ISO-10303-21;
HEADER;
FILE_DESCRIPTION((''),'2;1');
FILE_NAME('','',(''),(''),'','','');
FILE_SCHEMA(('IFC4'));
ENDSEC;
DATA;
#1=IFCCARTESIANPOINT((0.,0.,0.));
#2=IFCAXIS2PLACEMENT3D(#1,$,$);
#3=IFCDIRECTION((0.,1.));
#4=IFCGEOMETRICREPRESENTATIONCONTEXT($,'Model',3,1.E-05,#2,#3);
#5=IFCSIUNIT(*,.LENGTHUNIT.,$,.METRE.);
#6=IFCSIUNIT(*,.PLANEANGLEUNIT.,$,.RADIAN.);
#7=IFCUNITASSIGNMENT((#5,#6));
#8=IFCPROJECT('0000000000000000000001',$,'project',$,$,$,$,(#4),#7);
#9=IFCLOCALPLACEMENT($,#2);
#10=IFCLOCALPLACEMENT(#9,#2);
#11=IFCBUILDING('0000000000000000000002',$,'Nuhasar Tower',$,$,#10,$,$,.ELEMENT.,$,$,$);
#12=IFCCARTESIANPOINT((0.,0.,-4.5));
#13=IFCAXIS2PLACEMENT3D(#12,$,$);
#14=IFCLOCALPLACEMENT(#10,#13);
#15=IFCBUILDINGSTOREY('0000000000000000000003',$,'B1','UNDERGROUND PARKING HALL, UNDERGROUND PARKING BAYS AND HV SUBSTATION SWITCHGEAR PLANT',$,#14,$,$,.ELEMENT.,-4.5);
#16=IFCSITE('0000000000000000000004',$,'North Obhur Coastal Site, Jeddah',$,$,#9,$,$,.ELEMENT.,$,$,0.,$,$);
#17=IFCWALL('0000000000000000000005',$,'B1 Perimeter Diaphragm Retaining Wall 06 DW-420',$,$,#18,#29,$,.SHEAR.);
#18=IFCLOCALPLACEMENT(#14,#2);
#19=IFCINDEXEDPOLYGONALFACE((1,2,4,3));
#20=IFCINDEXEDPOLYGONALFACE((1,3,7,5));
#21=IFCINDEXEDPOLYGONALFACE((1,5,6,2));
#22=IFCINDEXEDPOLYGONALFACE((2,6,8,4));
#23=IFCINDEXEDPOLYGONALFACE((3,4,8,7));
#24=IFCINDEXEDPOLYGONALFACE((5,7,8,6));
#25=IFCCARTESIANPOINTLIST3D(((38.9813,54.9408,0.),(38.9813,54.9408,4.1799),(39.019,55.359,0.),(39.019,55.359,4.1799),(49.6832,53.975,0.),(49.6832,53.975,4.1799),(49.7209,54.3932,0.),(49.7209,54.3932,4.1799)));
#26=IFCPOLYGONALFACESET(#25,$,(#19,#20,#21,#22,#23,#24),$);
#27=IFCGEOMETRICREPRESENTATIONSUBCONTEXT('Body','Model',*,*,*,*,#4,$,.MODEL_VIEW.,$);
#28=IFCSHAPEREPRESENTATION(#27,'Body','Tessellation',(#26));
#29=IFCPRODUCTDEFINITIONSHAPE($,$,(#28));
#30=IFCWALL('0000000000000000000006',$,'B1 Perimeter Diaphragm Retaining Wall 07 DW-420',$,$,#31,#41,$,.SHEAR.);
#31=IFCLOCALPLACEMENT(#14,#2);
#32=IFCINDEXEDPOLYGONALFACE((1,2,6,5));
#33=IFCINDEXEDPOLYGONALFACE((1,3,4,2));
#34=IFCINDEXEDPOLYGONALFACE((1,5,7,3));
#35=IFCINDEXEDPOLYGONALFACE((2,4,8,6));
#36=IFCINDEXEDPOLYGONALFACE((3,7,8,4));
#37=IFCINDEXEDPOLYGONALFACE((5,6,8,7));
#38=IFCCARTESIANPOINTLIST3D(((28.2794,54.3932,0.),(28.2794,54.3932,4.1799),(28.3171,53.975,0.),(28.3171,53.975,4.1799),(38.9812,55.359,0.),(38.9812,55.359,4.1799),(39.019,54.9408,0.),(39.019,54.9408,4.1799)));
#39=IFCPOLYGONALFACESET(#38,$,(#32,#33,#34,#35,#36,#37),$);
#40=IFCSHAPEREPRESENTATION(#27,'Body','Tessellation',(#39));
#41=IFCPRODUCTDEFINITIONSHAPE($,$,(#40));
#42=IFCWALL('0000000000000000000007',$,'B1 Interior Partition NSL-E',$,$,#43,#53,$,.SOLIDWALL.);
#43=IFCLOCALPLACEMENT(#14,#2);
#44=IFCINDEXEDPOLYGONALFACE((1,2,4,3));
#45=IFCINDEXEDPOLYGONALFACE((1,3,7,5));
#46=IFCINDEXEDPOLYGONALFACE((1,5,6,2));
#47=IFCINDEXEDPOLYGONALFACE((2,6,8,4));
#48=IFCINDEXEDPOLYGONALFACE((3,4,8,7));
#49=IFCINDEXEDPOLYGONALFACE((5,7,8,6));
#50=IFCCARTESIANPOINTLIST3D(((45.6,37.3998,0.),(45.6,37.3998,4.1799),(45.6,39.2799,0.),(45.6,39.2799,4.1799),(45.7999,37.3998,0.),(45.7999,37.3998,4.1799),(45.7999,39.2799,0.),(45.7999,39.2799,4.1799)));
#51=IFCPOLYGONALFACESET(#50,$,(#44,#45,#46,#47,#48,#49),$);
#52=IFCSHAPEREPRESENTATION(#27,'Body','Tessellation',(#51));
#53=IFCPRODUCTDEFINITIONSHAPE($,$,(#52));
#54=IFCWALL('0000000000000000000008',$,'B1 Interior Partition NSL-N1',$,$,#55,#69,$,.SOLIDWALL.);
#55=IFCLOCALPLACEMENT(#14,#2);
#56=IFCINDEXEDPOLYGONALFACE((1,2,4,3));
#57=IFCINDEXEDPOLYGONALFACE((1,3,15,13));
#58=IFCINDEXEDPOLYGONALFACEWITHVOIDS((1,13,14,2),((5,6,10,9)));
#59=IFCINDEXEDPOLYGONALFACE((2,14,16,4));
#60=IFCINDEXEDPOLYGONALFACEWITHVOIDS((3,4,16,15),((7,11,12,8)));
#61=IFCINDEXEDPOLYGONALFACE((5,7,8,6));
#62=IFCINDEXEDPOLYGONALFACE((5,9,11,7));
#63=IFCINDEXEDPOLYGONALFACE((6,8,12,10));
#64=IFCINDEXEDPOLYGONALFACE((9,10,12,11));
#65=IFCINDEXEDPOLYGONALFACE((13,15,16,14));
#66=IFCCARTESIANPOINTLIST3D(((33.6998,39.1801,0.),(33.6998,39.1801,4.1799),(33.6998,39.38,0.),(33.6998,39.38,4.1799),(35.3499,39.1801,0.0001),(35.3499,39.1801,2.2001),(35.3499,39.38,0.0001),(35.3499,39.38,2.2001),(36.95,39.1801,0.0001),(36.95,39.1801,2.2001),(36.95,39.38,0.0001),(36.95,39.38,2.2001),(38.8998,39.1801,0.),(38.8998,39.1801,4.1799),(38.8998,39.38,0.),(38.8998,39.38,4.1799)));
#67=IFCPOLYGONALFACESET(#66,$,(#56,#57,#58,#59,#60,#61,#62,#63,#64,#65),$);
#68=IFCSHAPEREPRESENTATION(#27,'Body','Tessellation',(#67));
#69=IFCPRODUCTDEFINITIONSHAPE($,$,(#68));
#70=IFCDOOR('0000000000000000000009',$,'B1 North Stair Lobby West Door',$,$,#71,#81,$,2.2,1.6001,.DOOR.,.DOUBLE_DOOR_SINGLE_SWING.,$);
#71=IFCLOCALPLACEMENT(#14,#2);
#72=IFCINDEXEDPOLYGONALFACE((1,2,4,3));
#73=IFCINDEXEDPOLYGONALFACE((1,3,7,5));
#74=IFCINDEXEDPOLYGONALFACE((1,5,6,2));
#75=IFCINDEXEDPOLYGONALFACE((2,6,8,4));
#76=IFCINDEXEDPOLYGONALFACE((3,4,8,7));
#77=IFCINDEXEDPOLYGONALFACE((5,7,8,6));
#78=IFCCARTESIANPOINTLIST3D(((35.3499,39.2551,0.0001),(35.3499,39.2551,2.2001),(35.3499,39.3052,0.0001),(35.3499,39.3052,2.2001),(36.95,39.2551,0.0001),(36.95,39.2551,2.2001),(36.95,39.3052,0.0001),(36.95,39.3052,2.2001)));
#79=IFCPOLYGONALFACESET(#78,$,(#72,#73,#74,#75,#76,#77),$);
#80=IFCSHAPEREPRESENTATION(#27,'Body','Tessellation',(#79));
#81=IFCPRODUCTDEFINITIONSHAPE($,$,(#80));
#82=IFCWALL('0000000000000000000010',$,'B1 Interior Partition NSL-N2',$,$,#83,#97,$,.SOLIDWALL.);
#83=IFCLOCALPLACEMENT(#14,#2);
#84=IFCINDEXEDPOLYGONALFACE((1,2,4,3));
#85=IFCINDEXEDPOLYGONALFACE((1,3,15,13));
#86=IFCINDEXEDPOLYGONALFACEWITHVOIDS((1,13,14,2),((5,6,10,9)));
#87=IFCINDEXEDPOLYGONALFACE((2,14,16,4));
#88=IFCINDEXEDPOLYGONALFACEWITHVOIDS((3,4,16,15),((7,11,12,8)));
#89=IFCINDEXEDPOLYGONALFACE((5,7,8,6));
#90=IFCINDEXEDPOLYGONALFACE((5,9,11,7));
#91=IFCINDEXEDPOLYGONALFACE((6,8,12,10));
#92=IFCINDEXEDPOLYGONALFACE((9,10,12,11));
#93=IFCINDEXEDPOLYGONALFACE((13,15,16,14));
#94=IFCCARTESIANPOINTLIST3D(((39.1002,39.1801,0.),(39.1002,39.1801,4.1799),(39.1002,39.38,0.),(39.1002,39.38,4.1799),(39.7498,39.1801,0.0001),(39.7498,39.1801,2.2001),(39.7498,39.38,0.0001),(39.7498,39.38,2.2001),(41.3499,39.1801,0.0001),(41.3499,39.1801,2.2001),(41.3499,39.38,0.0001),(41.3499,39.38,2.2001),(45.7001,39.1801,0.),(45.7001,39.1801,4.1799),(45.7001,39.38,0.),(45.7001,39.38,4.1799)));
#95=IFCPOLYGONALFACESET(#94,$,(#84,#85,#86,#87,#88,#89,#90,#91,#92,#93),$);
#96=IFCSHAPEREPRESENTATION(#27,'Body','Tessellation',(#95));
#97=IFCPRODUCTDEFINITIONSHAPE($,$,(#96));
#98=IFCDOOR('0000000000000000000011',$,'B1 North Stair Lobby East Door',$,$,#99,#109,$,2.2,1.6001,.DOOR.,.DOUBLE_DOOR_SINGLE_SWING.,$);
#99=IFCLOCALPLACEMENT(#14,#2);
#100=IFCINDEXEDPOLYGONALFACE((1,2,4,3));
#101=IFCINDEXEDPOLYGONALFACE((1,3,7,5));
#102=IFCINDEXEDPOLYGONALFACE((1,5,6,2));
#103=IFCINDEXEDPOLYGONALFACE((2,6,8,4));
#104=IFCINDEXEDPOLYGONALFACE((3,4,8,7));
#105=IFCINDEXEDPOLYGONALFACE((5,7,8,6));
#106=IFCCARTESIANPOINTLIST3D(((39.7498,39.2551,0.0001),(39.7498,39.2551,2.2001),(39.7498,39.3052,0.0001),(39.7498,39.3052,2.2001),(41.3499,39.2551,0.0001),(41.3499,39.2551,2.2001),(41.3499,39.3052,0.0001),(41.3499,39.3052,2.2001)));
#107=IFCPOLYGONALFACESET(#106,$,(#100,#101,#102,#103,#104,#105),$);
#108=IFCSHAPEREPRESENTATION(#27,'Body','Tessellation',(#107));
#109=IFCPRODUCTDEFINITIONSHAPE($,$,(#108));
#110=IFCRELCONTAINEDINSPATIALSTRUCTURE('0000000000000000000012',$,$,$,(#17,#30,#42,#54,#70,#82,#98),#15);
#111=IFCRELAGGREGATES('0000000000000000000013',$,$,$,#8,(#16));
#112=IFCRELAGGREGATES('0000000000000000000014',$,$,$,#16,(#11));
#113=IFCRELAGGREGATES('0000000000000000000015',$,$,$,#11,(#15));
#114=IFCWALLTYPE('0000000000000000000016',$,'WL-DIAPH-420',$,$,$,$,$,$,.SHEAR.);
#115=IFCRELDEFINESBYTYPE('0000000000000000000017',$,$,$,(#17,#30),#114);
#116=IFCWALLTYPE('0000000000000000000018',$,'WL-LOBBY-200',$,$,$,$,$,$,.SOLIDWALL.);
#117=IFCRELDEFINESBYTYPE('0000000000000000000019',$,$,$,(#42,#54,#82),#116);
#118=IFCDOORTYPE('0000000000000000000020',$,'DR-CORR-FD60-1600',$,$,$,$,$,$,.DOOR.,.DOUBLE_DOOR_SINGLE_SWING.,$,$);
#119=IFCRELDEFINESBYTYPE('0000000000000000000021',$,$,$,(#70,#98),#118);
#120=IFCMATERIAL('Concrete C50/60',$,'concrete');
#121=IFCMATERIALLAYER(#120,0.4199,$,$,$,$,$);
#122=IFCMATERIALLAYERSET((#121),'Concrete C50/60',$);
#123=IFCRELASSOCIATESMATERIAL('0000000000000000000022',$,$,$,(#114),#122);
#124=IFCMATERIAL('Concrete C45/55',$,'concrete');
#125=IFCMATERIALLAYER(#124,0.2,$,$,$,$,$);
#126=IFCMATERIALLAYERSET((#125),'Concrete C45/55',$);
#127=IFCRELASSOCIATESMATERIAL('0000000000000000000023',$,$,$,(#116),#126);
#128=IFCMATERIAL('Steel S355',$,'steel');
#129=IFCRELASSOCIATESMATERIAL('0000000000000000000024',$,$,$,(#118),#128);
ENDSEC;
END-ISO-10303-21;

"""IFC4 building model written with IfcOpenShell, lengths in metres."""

from ifc_helpers import new_model, si_unit, direction, frame, frame_2d, origin, place, context, subcontext, project, spatial, rectangle, extrude, material, layer, layer_set, type_object, element, fill, save


model = new_model("IFC4")

# Units and contexts
model_context = context("Model", 3, precision=1e-05, world=origin(), true_north=direction((0.0, 1.0)))
body_context = subcontext(model_context, "Body", "Model", "MODEL_VIEW")
ifc_project = project(units=[si_unit("LENGTHUNIT", "METRE"), si_unit("PLANEANGLEUNIT", "RADIAN")], contexts=[model_context])

# Site, building, storey
site_placement = place(None, origin())
site = spatial("IfcSite", under=ifc_project, at=site_placement, Name="North Obhur Coastal Site, Jeddah", CompositionType="ELEMENT", RefElevation=0.0)
building_placement = place(site_placement, origin())
building = spatial("IfcBuilding", under=site, at=building_placement, Name="Nuhasar Tower", CompositionType="ELEMENT")
storey_placement = place(building_placement, frame((0.0, 0.0, -4.5)))
storey = spatial("IfcBuildingStorey", under=building, at=storey_placement, Name="B1", Description="UNDERGROUND PARKING HALL, UNDERGROUND PARKING BAYS AND HV SUBSTATION SWITCHGEAR PLANT", CompositionType="ELEMENT", Elevation=-4.5)

# Shared definitions
ifc_material_1 = material(Name="Concrete C50/60", Category="concrete")
ifc_material_2 = material(Name="Steel S355", Category="steel")

# Walls
ifc_layer_1 = layer(ifc_material_1, 0.4199)
ifc_layer_set_1 = layer_set([ifc_layer_1], Name="Concrete C50/60")
wall_type_1 = type_object("IfcWallType", Name="WL-DIAPH-420", PredefinedType="SHEAR", material=ifc_layer_set_1)
for number, where, z_axis, x_axis, name in (
    (1, (49.7019, 54.1841, 0.0), (0.0, 0.0, 1.0), (-0.995952, 0.089882, 0.0), "B1 Perimeter Diaphragm Retaining Wall 06 DW-420"),
    (2, (39.0, 55.1499, 0.0), (0.0, 0.0, 1.0), (-0.995952, -0.089882, 0.0), "B1 Perimeter Diaphragm Retaining Wall 07 DW-420"),
):
    element("IfcWall", number, at=place(storey_placement, frame(where, z_axis=z_axis, x_axis=x_axis)), inside=storey, type_object=wall_type_1, Name=name, PredefinedType="SHEAR", context=body_context, shape_type="SweptSolid", body=[
        extrude(rectangle(XDim=10.7454, YDim=0.4199, at=frame_2d((5.3726, 0.0))), origin(), (0.0, 0.0, 1.0), 4.1799),
    ])
ifc_material_3 = material(Name="Concrete C45/55", Category="concrete")
ifc_layer_2 = layer(ifc_material_3, 0.2)
ifc_layer_set_2 = layer_set([ifc_layer_2], Name="Concrete C45/55")
wall_type_2 = type_object("IfcWallType", Name="WL-LOBBY-200", PredefinedType="SOLIDWALL", material=ifc_layer_set_2)
wall_1_placement = place(storey_placement, frame((45.7, 37.3999, 0.0), z_axis=(0.0, 0.0, 1.0), x_axis=(0.0, 1.0, 0.0)))
element("IfcWall", 3, at=wall_1_placement, inside=storey, type_object=wall_type_2, Name="B1 Interior Partition NSL-E", PredefinedType="SOLIDWALL", context=body_context, shape_type="SweptSolid", body=[
    extrude(rectangle(XDim=1.8801, YDim=0.2, at=frame_2d((0.9399, 0.0))), origin(), (0.0, 0.0, 1.0), 4.1799),
])

# Walls, openings, doors
wall_2_placement = place(storey_placement, frame((38.8999, 39.28, 0.0), z_axis=(0.0, 0.0, 1.0), x_axis=(-1.0, 0.0, 0.0)))
wall_2 = element("IfcWall", 4, at=wall_2_placement, inside=storey, type_object=wall_type_2, Name="B1 Interior Partition NSL-N1", PredefinedType="SOLIDWALL", context=body_context, shape_type="SweptSolid", body=[
    extrude(rectangle(XDim=5.2, YDim=0.2, at=frame_2d((2.6001, 0.0))), origin(), (0.0, 0.0, 1.0), 4.1799),
])
opening_1_placement = place(wall_2_placement, frame((1.95, 0.0, 0.0)))
opening_1 = element("IfcOpeningElement", 5, at=opening_1_placement, cuts=wall_2, PredefinedType="OPENING", context=body_context, shape_type="SweptSolid", body=[
    extrude(rectangle(XDim=1.6001, YDim=2.2, at=frame_2d((0.8, 1.1001))), frame((0.0, 0.1099, 0.0), z_axis=(0.0, -1.0, 0.0), x_axis=(1.0, 0.0, 0.0)), (0.0, 0.0, 1.0), 0.22),
])
door_type_1 = type_object("IfcDoorType", Name="DR-CORR-FD60-1600", OperationType="DOUBLE_DOOR_SINGLE_SWING", PredefinedType="DOOR", material=ifc_material_2)
door_1_placement = place(opening_1_placement, origin())
door_1 = element("IfcDoor", 6, at=door_1_placement, inside=storey, type_object=door_type_1, Name="B1 North Stair Lobby West Door", OperationType="DOUBLE_DOOR_SINGLE_SWING", OverallHeight=2.2, OverallWidth=1.6001, PredefinedType="DOOR", context=body_context, shape_type="SweptSolid", body=[
    extrude(rectangle(XDim=1.6001, YDim=2.2, at=frame_2d((0.8, 1.1001))), frame((0.0, 0.0249, 0.0), z_axis=(0.0, -1.0, 0.0), x_axis=(1.0, 0.0, 0.0)), (0.0, 0.0, 1.0), 0.05),
])
fill(opening_1, door_1)
wall_3_placement = place(storey_placement, frame((45.7, 39.28, 0.0), z_axis=(0.0, 0.0, 1.0), x_axis=(-1.0, 0.0, 0.0)))
wall_3 = element("IfcWall", 7, at=wall_3_placement, inside=storey, type_object=wall_type_2, Name="B1 Interior Partition NSL-N2", PredefinedType="SOLIDWALL", context=body_context, shape_type="SweptSolid", body=[
    extrude(rectangle(XDim=6.5999, YDim=0.2, at=frame_2d((3.2998, 0.0))), origin(), (0.0, 0.0, 1.0), 4.1799),
])
opening_2_placement = place(wall_3_placement, frame((4.3501, 0.0, 0.0)))
opening_2 = element("IfcOpeningElement", 8, at=opening_2_placement, cuts=wall_3, PredefinedType="OPENING", context=body_context, shape_type="SweptSolid", body=[
    extrude(rectangle(XDim=1.6001, YDim=2.2, at=frame_2d((0.8, 1.1001))), frame((0.0, 0.1099, 0.0), z_axis=(0.0, -1.0, 0.0), x_axis=(1.0, 0.0, 0.0)), (0.0, 0.0, 1.0), 0.22),
])
door_2_placement = place(opening_2_placement, origin())
door_2 = element("IfcDoor", 9, at=door_2_placement, inside=storey, type_object=door_type_1, Name="B1 North Stair Lobby East Door", OperationType="DOUBLE_DOOR_SINGLE_SWING", OverallHeight=2.2, OverallWidth=1.6001, PredefinedType="DOOR", context=body_context, shape_type="SweptSolid", body=[
    extrude(rectangle(XDim=1.6001, YDim=2.2, at=frame_2d((0.8, 1.1001))), frame((0.0, 0.0249, 0.0), z_axis=(0.0, -1.0, 0.0), x_axis=(1.0, 0.0, 0.0)), (0.0, 0.0, 1.0), 0.05),
])
fill(opening_2, door_2)

save(model, "model.ifc")
